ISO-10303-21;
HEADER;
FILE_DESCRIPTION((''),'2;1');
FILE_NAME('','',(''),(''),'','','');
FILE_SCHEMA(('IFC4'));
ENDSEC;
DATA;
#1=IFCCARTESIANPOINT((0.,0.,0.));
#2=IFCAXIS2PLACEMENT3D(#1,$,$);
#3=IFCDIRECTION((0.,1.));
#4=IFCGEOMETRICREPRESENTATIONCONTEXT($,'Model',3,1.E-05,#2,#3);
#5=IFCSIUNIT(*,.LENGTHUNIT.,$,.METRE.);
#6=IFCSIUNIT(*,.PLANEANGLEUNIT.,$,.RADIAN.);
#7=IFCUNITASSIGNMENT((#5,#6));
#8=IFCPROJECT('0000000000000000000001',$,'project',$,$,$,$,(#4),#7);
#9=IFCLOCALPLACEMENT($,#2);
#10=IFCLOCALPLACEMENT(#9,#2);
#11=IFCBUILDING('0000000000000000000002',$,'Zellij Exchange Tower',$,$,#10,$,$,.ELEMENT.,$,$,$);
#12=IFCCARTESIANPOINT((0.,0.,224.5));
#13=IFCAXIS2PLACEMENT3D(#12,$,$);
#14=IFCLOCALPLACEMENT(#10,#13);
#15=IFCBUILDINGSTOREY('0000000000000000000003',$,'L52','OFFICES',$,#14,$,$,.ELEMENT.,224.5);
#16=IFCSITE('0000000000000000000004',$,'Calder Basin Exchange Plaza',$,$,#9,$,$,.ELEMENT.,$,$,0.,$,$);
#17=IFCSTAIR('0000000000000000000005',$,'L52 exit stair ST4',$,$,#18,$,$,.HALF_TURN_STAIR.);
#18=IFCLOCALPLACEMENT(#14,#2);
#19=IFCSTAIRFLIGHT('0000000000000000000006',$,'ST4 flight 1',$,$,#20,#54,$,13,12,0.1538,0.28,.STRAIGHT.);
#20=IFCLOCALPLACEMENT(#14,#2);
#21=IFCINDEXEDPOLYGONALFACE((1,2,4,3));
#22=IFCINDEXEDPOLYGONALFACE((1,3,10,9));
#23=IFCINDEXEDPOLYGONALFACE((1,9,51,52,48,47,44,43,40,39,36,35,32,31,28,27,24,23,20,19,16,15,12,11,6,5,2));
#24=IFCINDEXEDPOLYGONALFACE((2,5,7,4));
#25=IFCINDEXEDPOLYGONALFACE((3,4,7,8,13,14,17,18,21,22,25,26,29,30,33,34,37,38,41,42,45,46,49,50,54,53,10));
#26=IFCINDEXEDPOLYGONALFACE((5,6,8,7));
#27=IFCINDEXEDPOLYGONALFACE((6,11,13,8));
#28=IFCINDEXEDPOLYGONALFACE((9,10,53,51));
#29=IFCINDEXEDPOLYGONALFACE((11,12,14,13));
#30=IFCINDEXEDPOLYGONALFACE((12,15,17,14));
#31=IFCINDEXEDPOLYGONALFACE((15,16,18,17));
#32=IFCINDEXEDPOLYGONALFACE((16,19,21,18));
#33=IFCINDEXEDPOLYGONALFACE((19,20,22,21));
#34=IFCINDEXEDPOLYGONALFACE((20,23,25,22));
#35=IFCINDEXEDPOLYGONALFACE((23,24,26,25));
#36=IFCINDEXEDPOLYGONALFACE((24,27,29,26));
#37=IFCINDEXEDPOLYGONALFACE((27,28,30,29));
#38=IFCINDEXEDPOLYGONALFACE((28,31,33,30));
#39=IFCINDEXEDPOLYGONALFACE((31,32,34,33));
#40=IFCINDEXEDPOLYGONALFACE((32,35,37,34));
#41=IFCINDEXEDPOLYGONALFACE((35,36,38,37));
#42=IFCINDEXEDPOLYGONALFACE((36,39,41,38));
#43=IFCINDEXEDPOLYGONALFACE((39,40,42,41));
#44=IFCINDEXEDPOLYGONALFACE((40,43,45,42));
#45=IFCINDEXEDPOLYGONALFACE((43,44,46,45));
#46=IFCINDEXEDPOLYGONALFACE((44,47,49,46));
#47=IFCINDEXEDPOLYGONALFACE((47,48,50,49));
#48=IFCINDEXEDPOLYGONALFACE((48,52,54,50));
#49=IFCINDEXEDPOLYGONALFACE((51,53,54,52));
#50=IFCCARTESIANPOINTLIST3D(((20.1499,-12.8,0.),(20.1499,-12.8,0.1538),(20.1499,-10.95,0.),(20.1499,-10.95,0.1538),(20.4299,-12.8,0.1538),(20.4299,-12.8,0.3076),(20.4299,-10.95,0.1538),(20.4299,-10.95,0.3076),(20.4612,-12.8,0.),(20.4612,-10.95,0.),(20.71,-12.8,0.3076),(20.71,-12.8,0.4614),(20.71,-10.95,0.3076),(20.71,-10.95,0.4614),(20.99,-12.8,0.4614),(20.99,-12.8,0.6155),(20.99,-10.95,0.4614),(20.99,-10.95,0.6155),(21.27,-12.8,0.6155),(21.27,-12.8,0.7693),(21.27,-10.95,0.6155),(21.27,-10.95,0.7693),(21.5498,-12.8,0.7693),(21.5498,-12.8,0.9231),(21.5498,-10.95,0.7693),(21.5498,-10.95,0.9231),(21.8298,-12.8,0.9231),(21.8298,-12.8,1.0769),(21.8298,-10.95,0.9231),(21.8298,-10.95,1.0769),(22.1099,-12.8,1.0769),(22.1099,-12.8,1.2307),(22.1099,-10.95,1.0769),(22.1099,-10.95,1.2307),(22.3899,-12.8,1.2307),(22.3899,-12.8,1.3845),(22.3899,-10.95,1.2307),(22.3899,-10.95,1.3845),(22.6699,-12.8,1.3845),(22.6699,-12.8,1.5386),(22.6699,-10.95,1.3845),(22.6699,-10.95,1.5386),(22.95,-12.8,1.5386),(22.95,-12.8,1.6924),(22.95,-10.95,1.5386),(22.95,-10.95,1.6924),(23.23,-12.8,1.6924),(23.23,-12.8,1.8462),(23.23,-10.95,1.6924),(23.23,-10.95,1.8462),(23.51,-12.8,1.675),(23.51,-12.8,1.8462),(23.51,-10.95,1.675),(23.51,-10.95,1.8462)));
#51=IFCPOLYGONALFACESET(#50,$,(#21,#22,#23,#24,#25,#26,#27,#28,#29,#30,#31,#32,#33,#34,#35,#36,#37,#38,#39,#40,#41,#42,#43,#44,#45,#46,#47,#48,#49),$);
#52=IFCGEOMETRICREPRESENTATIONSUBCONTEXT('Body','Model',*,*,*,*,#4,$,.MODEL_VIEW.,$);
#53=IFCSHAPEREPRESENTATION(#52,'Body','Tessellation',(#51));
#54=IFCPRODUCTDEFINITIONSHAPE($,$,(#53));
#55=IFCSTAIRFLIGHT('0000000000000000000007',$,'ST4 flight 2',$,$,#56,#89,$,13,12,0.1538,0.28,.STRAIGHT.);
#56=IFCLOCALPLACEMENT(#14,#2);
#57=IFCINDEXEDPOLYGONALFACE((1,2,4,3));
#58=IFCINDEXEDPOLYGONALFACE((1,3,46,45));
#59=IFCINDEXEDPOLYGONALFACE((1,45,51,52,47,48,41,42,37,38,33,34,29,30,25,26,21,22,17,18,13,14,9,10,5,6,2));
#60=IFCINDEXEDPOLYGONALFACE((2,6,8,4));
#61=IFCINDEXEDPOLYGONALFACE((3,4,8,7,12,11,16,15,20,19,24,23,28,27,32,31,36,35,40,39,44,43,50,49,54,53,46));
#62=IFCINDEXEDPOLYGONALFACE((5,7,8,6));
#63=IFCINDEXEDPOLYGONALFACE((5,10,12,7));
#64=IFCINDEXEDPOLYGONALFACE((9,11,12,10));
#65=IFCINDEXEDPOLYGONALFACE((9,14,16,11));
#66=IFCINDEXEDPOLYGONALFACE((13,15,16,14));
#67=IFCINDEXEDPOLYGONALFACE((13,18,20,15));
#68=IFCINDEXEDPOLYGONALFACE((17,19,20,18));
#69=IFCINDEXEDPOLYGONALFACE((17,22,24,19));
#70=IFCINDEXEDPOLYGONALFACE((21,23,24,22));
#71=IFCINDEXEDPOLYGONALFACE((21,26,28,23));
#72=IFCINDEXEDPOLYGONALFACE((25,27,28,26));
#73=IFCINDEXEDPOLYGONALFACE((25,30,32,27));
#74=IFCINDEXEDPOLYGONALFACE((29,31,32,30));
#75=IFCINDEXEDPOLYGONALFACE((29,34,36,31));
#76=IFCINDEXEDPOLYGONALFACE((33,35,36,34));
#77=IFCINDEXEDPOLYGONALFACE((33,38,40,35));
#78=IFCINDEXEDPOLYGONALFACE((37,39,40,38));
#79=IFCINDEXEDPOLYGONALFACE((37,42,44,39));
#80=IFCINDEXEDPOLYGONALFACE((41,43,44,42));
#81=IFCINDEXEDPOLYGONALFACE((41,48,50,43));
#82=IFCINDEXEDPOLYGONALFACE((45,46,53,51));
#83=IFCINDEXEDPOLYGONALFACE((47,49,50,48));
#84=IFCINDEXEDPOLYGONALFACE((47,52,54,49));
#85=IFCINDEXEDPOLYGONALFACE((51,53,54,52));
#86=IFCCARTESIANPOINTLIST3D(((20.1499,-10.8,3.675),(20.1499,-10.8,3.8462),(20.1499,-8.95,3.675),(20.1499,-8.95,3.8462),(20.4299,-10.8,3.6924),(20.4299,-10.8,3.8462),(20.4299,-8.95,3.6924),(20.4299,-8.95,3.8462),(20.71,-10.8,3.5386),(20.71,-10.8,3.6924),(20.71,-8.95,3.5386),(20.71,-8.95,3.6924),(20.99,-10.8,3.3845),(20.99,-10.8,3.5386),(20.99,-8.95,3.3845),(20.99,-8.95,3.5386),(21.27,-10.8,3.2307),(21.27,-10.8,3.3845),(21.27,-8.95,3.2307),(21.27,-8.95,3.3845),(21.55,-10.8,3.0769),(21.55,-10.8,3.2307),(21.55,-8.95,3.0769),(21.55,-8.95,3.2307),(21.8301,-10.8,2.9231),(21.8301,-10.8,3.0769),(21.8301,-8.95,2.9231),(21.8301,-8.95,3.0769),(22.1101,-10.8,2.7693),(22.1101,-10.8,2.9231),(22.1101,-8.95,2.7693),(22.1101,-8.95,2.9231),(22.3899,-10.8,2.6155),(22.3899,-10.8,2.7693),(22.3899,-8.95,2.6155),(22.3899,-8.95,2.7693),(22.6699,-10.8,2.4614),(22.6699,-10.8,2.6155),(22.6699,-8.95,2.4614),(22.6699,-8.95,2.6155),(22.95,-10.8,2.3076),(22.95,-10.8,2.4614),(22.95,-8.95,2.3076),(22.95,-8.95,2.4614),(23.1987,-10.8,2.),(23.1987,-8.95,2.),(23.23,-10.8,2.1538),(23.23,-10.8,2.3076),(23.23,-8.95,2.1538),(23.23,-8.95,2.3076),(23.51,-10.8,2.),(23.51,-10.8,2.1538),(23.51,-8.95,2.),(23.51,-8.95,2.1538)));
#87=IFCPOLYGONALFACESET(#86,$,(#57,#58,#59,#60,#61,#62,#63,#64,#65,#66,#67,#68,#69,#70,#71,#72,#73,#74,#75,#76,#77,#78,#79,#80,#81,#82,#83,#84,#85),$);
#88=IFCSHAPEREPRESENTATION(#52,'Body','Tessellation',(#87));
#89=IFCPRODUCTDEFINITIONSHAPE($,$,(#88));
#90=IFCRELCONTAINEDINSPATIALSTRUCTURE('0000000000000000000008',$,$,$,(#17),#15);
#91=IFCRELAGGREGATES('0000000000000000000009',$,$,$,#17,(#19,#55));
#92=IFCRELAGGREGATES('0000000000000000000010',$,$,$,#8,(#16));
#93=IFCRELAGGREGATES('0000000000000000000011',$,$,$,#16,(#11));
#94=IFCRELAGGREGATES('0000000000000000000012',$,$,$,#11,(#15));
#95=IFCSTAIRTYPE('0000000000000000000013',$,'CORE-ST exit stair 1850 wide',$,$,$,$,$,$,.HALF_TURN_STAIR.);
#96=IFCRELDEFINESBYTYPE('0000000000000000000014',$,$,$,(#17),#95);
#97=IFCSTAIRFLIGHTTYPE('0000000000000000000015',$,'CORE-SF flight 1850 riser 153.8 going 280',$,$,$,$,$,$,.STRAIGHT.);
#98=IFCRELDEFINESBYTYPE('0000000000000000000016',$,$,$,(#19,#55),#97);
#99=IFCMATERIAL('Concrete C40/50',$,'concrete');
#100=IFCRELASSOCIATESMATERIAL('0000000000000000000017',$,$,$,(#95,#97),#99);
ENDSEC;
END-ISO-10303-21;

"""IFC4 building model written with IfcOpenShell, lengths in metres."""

from ifc_helpers import new_model, si_unit, direction, frame, origin, place, context, subcontext, project, spatial, polyline, outline, extrude, material, type_object, element, aggregate, save


model = new_model("IFC4")

# Units and contexts
model_context = context("Model", 3, precision=1e-05, world=origin(), true_north=direction((0.0, 1.0)))
body_context = subcontext(model_context, "Body", "Model", "MODEL_VIEW")
ifc_project = project(units=[si_unit("LENGTHUNIT", "METRE"), si_unit("PLANEANGLEUNIT", "RADIAN")], contexts=[model_context])

# Site, building, storey
site_placement = place(None, origin())
site = spatial("IfcSite", under=ifc_project, at=site_placement, Name="Calder Basin Exchange Plaza", CompositionType="ELEMENT", RefElevation=0.0)
building_placement = place(site_placement, origin())
building = spatial("IfcBuilding", under=site, at=building_placement, Name="Zellij Exchange Tower", CompositionType="ELEMENT")
storey_placement = place(building_placement, frame((0.0, 0.0, 224.5)))
storey = spatial("IfcBuildingStorey", under=building, at=storey_placement, Name="L52", Description="OFFICES", CompositionType="ELEMENT", Elevation=224.5)

# Stair, stair flights
ifc_material_1 = material(Name="Concrete C40/50", Category="concrete")
stair_type = type_object("IfcStairType", Name="CORE-ST exit stair 1850 wide", PredefinedType="HALF_TURN_STAIR", material=ifc_material_1)
stair_placement = place(storey_placement, origin())
stair = element("IfcStair", 1, at=stair_placement, inside=storey, type_object=stair_type, Name="L52 exit stair ST4", PredefinedType="HALF_TURN_STAIR")
stair_flight_type = type_object("IfcStairFlightType", Name="CORE-SF flight 1850 riser 153.8 going 280", PredefinedType="STRAIGHT", material=ifc_material_1)
stair_flight_1_placement = place(storey_placement, frame((20.1499, -11.875, 0.0), z_axis=(0.0, 0.0, 1.0), x_axis=(1.0, 0.0, 0.0)))
stair_flight_1 = element("IfcStairFlight", 2, at=stair_flight_1_placement, type_object=stair_flight_type, Name="ST4 flight 1", NumberOfRisers=13, NumberOfTreads=12, PredefinedType="STRAIGHT", RiserHeight=0.1538, TreadLength=0.28, context=body_context, shape_type="SweptSolid", body=[
    extrude(outline(polyline([(0.0, 0.0), (0.0, 0.1538), (0.28, 0.1538), (0.28, 0.3076), (0.5601, 0.3076), (0.5601, 0.4614), (0.8401, 0.4614), (0.8401, 0.6155), (1.1201, 0.6155), (1.1201, 0.7693), (1.3999, 0.7693), (1.3999, 0.9231), (1.6799, 0.9231), (1.6799, 1.0769), (1.96, 1.0769), (1.96, 1.2307), (2.24, 1.2307), (2.24, 1.3845), (2.52, 1.3845), (2.52, 1.5386), (2.8, 1.5386), (2.8, 1.6924), (3.0801, 1.6924), (3.0801, 1.8462), (3.3601, 1.8462), (3.3601, 2.0), (3.3601, 1.675), (0.3113, 0.0), (0.0, 0.0)])), frame((0.0, 0.925, 0.0), z_axis=(0.0, -1.0, 0.0), x_axis=(1.0, 0.0, 0.0)), (0.0, 0.0, 1.0), 1.8501),
])
stair_flight_2_placement = place(storey_placement, frame((23.51, -9.875, 2.0), z_axis=(0.0, 0.0, 1.0), x_axis=(-1.0, 0.0, 0.0)))
stair_flight_2 = element("IfcStairFlight", 3, at=stair_flight_2_placement, type_object=stair_flight_type, Name="ST4 flight 2", NumberOfRisers=13, NumberOfTreads=12, PredefinedType="STRAIGHT", RiserHeight=0.1538, TreadLength=0.28, context=body_context, shape_type="SweptSolid", body=[
    extrude(outline(polyline([(0.0, 0.0), (0.0, 0.1538), (0.28, 0.1538), (0.28, 0.3076), (0.5601, 0.3076), (0.5601, 0.4614), (0.8401, 0.4614), (0.8401, 0.6155), (1.1201, 0.6155), (1.1201, 0.7693), (1.3999, 0.7693), (1.3999, 0.9231), (1.6799, 0.9231), (1.6799, 1.0769), (1.96, 1.0769), (1.96, 1.2307), (2.24, 1.2307), (2.24, 1.3845), (2.52, 1.3845), (2.52, 1.5386), (2.8, 1.5386), (2.8, 1.6924), (3.0801, 1.6924), (3.0801, 1.8462), (3.3601, 1.8462), (3.3601, 2.0), (3.3601, 1.675), (0.3113, 0.0), (0.0, 0.0)])), frame((0.0, 0.925, 0.0), z_axis=(0.0, -1.0, 0.0), x_axis=(1.0, 0.0, 0.0)), (0.0, 0.0, 1.0), 1.8501),
])
aggregate(stair, [stair_flight_1, stair_flight_2])

save(model, "model.ifc")
